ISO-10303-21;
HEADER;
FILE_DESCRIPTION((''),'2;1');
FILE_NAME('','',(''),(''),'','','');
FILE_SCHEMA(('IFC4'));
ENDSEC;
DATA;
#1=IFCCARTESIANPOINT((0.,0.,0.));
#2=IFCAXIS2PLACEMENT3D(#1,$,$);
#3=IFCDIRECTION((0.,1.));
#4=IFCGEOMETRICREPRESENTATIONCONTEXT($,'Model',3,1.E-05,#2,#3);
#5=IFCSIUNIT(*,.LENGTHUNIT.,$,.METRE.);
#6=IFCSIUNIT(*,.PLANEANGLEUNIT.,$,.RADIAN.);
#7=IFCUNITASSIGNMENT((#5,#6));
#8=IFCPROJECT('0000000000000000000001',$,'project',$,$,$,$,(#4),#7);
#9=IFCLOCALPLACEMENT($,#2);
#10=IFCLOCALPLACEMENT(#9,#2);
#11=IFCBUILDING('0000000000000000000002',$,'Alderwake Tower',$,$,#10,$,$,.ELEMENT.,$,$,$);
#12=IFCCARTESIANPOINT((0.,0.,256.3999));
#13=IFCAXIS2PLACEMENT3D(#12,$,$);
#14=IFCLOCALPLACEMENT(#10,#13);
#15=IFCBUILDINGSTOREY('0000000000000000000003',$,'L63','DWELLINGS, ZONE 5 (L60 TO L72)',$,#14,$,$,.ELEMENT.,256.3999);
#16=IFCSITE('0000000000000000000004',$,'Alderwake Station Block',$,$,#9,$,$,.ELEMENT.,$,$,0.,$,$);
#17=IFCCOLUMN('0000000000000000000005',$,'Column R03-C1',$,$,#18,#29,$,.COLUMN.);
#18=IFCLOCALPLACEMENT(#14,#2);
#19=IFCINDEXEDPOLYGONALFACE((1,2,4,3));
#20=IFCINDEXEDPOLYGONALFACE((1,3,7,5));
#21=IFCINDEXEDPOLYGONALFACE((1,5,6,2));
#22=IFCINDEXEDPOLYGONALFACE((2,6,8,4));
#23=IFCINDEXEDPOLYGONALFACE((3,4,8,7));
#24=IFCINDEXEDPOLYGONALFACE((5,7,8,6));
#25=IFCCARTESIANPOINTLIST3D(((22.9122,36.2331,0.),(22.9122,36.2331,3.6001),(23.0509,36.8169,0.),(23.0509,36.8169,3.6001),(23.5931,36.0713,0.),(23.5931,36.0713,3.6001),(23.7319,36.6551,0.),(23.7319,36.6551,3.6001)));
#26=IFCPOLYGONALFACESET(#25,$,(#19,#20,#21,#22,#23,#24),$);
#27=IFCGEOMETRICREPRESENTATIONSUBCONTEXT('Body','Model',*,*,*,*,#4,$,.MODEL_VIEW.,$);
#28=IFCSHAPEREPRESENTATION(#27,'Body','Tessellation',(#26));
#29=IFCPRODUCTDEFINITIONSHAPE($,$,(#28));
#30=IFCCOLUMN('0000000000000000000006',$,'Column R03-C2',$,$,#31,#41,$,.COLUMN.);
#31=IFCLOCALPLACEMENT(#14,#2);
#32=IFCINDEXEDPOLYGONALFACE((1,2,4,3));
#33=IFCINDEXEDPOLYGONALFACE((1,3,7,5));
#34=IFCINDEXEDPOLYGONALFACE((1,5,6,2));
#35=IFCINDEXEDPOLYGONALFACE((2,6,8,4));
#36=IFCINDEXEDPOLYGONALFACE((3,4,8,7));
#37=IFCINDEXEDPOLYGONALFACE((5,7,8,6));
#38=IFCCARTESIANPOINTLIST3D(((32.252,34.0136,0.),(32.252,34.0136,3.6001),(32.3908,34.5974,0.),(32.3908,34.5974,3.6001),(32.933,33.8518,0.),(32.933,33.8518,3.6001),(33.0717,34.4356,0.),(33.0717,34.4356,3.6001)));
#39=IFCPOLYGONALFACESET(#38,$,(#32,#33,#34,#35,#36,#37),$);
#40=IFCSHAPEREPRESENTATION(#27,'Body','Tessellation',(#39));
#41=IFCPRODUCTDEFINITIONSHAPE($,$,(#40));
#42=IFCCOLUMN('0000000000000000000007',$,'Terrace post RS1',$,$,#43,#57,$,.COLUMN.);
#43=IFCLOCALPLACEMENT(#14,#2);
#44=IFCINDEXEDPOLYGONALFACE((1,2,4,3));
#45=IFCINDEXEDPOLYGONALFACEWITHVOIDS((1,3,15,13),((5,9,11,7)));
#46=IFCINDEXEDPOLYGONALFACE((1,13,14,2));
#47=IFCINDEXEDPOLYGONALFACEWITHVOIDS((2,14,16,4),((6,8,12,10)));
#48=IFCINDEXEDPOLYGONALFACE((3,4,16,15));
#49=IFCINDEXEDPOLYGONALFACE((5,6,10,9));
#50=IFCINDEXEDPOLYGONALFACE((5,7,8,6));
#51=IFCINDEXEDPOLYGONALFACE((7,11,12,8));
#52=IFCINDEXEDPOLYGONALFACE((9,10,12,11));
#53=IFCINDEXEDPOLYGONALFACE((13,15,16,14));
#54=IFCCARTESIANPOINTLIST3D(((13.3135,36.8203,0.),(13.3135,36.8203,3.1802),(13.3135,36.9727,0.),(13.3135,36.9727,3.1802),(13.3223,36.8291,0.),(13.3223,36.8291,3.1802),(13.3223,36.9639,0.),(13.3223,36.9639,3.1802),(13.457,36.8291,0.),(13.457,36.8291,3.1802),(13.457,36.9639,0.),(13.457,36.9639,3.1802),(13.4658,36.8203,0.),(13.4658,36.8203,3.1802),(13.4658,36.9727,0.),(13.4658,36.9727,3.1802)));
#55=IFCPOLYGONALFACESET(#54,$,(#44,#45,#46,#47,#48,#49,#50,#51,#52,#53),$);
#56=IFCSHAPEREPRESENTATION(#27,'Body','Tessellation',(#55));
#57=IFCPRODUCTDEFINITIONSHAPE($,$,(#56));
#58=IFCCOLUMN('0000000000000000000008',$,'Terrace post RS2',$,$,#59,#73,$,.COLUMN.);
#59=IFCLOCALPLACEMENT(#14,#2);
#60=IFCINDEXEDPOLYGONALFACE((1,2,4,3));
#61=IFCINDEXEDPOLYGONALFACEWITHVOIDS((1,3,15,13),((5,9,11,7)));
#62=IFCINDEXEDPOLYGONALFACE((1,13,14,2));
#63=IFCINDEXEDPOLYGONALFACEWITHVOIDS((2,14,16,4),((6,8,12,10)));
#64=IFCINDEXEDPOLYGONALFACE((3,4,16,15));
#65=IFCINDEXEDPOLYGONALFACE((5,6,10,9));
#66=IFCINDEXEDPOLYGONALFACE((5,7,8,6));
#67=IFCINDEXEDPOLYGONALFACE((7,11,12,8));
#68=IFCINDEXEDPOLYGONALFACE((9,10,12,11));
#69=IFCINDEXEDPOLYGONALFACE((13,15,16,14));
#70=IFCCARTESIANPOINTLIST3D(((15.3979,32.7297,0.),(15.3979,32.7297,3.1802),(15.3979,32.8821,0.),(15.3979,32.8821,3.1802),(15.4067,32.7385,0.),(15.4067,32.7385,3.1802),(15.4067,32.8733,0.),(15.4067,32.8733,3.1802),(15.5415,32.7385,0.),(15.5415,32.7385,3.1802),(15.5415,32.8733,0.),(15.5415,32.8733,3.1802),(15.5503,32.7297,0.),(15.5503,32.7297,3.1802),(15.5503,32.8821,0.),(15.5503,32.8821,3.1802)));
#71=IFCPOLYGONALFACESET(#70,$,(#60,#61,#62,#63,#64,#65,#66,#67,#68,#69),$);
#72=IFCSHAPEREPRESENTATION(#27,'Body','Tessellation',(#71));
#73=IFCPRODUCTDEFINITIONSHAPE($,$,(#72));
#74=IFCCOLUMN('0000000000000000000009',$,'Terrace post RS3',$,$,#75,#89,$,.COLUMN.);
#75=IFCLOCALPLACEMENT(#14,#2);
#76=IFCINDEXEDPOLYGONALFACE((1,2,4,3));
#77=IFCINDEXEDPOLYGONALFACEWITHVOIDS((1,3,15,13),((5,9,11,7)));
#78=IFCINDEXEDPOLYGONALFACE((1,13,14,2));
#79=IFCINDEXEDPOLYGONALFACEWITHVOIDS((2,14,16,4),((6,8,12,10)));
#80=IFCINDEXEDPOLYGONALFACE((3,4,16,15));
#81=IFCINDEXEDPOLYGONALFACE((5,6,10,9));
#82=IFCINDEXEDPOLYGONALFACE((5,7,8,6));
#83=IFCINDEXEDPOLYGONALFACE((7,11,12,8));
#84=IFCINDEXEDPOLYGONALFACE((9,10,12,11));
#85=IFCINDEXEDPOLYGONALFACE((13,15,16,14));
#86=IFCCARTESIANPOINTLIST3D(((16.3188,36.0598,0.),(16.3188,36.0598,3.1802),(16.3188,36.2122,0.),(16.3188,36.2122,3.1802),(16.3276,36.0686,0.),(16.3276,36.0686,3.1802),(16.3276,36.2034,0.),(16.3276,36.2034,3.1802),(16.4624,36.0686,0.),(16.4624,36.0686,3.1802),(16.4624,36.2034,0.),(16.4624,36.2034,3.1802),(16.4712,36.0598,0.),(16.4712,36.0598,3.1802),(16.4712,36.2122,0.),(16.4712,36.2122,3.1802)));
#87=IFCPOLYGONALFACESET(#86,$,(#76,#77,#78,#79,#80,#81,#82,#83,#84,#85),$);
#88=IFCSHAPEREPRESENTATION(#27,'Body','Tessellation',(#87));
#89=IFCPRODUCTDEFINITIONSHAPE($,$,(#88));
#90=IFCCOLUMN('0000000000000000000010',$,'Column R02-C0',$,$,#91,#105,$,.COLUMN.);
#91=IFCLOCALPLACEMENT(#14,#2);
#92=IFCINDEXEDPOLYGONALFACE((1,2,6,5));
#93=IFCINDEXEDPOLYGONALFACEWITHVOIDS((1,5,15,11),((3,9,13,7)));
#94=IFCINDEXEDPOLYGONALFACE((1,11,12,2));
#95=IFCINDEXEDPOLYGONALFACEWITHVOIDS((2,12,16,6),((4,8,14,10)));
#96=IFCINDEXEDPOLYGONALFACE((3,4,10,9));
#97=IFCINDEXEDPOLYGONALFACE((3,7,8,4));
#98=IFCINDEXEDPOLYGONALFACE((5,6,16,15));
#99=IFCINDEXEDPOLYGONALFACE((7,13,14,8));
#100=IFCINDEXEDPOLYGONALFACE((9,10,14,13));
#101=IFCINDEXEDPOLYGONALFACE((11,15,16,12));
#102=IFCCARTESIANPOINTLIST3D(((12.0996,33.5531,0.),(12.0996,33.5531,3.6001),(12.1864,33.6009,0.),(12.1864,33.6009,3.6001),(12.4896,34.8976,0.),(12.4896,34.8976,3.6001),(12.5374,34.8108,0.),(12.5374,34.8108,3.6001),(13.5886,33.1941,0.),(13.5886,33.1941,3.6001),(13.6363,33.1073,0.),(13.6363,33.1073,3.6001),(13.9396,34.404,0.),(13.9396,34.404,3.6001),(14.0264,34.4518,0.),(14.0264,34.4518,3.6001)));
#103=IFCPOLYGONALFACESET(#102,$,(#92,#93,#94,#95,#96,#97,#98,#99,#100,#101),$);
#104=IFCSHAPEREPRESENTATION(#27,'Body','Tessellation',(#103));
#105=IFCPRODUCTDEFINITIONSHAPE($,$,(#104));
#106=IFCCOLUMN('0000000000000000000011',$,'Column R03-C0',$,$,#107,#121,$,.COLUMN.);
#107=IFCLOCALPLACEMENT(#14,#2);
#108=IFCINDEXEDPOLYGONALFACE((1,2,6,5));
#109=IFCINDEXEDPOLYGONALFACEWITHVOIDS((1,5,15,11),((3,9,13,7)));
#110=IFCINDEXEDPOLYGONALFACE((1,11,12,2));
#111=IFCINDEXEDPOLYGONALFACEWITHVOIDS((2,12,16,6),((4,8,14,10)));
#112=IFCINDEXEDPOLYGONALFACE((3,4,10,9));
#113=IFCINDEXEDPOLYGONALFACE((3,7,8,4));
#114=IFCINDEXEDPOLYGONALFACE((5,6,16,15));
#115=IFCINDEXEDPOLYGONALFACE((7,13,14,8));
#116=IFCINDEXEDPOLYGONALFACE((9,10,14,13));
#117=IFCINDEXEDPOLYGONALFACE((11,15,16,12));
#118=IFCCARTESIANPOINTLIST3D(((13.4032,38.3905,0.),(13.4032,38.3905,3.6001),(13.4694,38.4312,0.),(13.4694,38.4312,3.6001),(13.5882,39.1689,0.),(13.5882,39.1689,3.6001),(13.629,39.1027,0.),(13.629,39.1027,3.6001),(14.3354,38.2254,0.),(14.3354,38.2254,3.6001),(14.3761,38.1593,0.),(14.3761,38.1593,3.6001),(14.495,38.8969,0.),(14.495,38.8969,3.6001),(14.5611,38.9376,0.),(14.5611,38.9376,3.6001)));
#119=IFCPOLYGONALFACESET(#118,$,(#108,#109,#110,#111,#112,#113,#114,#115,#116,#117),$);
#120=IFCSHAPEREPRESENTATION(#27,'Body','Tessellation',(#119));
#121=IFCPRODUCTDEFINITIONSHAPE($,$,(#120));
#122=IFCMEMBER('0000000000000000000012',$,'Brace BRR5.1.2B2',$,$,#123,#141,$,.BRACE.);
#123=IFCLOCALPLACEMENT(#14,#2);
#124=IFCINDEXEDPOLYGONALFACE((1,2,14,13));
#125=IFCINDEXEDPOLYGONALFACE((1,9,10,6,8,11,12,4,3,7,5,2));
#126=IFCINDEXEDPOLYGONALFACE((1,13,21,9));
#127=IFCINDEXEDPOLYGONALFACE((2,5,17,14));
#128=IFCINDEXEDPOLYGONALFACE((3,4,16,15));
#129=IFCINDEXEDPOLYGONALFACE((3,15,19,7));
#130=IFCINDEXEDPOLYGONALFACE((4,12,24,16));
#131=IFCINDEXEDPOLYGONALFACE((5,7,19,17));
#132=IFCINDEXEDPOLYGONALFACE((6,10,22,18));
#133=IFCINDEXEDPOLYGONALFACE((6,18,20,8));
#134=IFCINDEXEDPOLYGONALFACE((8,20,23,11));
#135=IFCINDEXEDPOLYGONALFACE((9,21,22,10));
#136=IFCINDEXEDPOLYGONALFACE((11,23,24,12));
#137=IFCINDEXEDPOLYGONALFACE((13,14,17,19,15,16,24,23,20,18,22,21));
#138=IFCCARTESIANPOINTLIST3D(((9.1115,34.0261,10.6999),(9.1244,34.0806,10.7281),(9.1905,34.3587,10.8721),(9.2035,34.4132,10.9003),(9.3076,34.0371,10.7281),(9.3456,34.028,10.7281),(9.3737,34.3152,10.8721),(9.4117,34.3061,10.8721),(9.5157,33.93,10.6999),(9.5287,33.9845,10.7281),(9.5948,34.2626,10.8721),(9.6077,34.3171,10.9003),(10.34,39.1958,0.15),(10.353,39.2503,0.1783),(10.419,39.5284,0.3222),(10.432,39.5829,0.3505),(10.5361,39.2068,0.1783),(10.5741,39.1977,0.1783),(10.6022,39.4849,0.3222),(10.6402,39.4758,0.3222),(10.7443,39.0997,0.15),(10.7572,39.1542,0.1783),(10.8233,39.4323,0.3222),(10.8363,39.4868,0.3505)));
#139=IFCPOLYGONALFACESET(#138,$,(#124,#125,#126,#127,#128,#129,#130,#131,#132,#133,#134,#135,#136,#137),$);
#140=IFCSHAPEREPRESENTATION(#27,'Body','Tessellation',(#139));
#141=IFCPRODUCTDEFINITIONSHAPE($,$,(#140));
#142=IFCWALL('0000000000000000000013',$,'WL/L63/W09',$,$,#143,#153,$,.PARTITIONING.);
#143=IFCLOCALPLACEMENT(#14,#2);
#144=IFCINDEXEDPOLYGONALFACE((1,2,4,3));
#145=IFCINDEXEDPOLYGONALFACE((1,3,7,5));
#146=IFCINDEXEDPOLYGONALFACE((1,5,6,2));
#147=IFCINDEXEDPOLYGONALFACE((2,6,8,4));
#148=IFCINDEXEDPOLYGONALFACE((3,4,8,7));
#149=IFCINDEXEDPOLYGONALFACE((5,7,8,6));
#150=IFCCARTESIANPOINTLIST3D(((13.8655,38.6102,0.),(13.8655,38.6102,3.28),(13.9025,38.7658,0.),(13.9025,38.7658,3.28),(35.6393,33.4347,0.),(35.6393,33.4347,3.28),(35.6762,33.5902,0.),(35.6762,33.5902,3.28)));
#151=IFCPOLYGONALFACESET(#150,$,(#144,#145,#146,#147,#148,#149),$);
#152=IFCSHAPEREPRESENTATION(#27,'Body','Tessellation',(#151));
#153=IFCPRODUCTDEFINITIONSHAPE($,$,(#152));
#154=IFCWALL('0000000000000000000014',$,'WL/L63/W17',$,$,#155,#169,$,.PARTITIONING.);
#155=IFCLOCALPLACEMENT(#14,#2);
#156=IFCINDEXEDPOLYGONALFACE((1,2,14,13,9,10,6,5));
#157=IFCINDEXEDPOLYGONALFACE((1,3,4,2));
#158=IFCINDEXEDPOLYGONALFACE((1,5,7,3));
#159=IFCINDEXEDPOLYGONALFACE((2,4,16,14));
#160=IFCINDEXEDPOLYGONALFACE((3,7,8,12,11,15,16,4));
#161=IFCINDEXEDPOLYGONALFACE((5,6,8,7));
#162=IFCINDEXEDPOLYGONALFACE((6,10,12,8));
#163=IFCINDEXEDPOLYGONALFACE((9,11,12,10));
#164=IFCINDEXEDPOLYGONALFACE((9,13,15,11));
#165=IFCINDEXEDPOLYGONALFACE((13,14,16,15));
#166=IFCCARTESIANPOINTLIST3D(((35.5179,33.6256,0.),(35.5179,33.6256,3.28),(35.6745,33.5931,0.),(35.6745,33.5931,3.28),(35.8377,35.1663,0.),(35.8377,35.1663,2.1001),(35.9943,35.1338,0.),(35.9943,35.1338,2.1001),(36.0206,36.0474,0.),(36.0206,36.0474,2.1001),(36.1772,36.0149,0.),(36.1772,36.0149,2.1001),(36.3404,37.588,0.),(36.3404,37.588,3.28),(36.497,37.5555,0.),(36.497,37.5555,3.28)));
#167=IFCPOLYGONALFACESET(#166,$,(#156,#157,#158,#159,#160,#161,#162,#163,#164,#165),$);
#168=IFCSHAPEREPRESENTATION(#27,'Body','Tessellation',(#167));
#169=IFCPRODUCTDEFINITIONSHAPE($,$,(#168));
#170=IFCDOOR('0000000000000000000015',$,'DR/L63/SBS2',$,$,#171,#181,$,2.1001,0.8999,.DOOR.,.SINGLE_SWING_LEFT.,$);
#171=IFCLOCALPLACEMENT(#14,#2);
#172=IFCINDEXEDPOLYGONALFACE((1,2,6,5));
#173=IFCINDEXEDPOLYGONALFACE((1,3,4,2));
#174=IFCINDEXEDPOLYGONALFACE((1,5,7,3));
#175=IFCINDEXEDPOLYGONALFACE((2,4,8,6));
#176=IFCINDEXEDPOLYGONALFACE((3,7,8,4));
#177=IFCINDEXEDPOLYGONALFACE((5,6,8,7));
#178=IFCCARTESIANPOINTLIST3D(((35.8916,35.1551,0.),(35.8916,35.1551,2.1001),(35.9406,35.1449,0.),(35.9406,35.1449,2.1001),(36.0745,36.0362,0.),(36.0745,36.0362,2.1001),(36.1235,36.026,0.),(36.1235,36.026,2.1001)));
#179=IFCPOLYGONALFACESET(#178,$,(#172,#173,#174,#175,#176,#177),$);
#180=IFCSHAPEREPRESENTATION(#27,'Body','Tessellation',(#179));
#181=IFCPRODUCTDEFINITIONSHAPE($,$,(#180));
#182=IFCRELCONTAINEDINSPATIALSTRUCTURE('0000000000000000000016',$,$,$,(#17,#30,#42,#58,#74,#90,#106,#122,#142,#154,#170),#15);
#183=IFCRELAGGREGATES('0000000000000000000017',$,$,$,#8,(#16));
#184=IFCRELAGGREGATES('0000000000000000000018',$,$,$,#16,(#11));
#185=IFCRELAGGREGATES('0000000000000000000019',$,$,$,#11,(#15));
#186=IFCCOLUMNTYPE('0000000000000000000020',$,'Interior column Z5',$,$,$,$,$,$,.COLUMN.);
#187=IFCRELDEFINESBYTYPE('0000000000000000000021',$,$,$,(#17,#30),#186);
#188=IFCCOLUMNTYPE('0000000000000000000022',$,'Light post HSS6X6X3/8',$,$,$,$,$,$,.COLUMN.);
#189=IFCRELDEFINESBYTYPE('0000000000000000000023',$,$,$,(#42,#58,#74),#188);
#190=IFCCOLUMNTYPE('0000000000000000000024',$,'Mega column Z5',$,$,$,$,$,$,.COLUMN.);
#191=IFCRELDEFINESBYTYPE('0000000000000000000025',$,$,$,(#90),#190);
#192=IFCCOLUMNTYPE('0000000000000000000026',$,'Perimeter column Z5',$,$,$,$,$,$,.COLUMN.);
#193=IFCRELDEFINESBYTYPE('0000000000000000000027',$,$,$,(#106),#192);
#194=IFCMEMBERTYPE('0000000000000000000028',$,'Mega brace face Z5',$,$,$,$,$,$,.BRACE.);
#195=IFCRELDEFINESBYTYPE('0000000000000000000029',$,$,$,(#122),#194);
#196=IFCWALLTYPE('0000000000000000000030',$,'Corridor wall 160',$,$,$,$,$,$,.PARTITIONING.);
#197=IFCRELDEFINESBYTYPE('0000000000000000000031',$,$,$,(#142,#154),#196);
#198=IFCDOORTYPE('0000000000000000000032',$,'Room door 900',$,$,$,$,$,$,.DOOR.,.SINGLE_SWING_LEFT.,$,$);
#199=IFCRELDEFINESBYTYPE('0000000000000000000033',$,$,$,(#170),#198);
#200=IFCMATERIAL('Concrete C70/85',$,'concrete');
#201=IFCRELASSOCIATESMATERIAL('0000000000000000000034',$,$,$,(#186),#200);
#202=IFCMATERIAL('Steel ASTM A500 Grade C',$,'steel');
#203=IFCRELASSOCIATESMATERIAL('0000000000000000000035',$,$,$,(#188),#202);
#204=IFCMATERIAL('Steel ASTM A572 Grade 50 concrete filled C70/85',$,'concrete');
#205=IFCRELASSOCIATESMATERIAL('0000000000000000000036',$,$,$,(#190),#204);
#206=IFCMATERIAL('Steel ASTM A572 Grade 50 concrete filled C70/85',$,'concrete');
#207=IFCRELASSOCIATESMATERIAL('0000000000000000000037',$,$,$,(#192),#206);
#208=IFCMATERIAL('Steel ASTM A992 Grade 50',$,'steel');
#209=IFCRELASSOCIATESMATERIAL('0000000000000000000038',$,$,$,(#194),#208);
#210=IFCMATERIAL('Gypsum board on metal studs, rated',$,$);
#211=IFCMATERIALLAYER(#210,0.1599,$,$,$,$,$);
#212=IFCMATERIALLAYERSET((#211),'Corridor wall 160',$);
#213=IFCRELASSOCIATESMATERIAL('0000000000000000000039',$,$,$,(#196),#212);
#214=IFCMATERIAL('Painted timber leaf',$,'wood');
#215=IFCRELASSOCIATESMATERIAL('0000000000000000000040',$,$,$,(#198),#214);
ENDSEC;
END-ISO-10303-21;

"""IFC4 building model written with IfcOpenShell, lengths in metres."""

from ifc_helpers import new_model, si_unit, direction, frame, frame_2d, origin, origin_2d, place, context, subcontext, project, spatial, rectangle, hollow_rectangle, i_section, extrude, material, layer, layer_set, material_profile, profile_set, type_object, element, fill, save


model = new_model("IFC4")

# Units and contexts
model_context = context("Model", 3, precision=1e-05, world=origin(), true_north=direction((0.0, 1.0)))
body_context = subcontext(model_context, "Body", "Model", "MODEL_VIEW")
ifc_project = project(units=[si_unit("LENGTHUNIT", "METRE"), si_unit("PLANEANGLEUNIT", "RADIAN")], contexts=[model_context])

# Site, building, storey
site_placement = place(None, origin())
site = spatial("IfcSite", under=ifc_project, at=site_placement, Name="Alderwake Station Block", CompositionType="ELEMENT", RefElevation=0.0)
building_placement = place(site_placement, origin())
building = spatial("IfcBuilding", under=site, at=building_placement, Name="Alderwake Tower", CompositionType="ELEMENT")
storey_placement = place(building_placement, frame((0.0, 0.0, 256.3999)))
storey = spatial("IfcBuildingStorey", under=building, at=storey_placement, Name="L63", Description="DWELLINGS, ZONE 5 (L60 TO L72)", CompositionType="ELEMENT", Elevation=256.3999)

# Columns
ifc_material_1 = material(Name="Concrete C70/85", Category="concrete")
ifc_material_profile_1 = material_profile(ifc_material_1, rectangle(XDim=0.6001, YDim=0.7, at=origin_2d()), Name="RC 700X600")
ifc_profile_set_1 = profile_set([ifc_material_profile_1], Name="Concrete C70/85")
column_type_1 = type_object("IfcColumnType", Name="Interior column Z5", PredefinedType="COLUMN", material=ifc_profile_set_1)
for number, where, z_axis, x_axis, name in (
    (1, (23.322, 36.4441, 0.0), (0.0, 0.0, 1.0), (0.231222, 0.972901, 0.0), "Column R03-C1"),
    (2, (32.6619, 34.2246, 0.0), (0.0, 0.0, 1.0), (0.231222, 0.972901, 0.0), "Column R03-C2"),
):
    element("IfcColumn", number, at=place(storey_placement, frame(where, z_axis=z_axis, x_axis=x_axis)), inside=storey, type_object=column_type_1, Name=name, PredefinedType="COLUMN", context=body_context, shape_type="SweptSolid", body=[
        extrude(rectangle(XDim=0.6001, YDim=0.7, at=origin_2d()), origin(), (0.0, 0.0, 1.0), 3.6001),
    ])
ifc_material_2 = material(Name="Steel ASTM A500 Grade C", Category="steel")
ifc_material_profile_2 = material_profile(ifc_material_2, hollow_rectangle(XDim=0.1523, YDim=0.1523, WallThickness=0.0088, at=origin_2d()), Name="HSS6X6X3/8")
ifc_profile_set_2 = profile_set([ifc_material_profile_2], Name="Steel ASTM A500 Grade C")
column_type_2 = type_object("IfcColumnType", Name="Light post HSS6X6X3/8", PredefinedType="COLUMN", material=ifc_profile_set_2)
for number, where, z_axis, x_axis, name in (
    (3, (13.3896, 36.8965, 0.0), (0.0, 0.0, 1.0), (1.0, 0.0, 0.0), "Terrace post RS1"),
    (4, (15.4741, 32.8059, 0.0), (0.0, 0.0, 1.0), (1.0, 0.0, 0.0), "Terrace post RS2"),
    (5, (16.395, 36.136, 0.0), (0.0, 0.0, 1.0), (1.0, 0.0, 0.0), "Terrace post RS3"),
):
    element("IfcColumn", number, at=place(storey_placement, frame(where, z_axis=z_axis, x_axis=x_axis)), inside=storey, type_object=column_type_2, Name=name, PredefinedType="COLUMN", context=body_context, shape_type="SweptSolid", body=[
        extrude(hollow_rectangle(XDim=0.1523, YDim=0.1523, WallThickness=0.0088, at=origin_2d()), origin(), (0.0, 0.0, 1.0), 3.1802),
    ])
ifc_material_3 = material(Name="Steel ASTM A572 Grade 50 concrete filled C70/85", Category="concrete")
ifc_material_profile_3 = material_profile(ifc_material_3, hollow_rectangle(XDim=1.3999, YDim=1.6001, WallThickness=0.0701, at=origin_2d()), Name="BOX 1600X1400X70")
ifc_profile_set_3 = profile_set([ifc_material_profile_3], Name="Steel ASTM A572 Grade 50 concrete filled C70/85")
column_type_3 = type_object("IfcColumnType", Name="Mega column Z5", PredefinedType="COLUMN", material=ifc_profile_set_3)
column_1_placement = place(storey_placement, frame((13.063, 34.0024, 0.0), z_axis=(0.0, 0.0, 1.0), x_axis=(0.278612, 0.960404, 0.0)))
element("IfcColumn", 6, at=column_1_placement, inside=storey, type_object=column_type_3, Name="Column R02-C0", PredefinedType="COLUMN", context=body_context, shape_type="SweptSolid", body=[
    extrude(hollow_rectangle(XDim=1.3999, YDim=1.6001, WallThickness=0.0701, at=origin_2d()), origin(), (0.0, 0.0, 1.0), 3.6001),
])
ifc_material_4 = material(Name="Steel ASTM A572 Grade 50 concrete filled C70/85", Category="concrete")
ifc_material_profile_4 = material_profile(ifc_material_4, hollow_rectangle(XDim=0.8, YDim=1.0, WallThickness=0.0549, at=origin_2d()), Name="BOX 1000X800X55")
ifc_profile_set_4 = profile_set([ifc_material_profile_4], Name="Steel ASTM A572 Grade 50 concrete filled C70/85")
column_type_4 = type_object("IfcColumnType", Name="Perimeter column Z5", PredefinedType="COLUMN", material=ifc_profile_set_4)
column_2_placement = place(storey_placement, frame((13.9822, 38.6641, 0.0), z_axis=(0.0, 0.0, 1.0), x_axis=(0.231222, 0.972901, 0.0)))
element("IfcColumn", 7, at=column_2_placement, inside=storey, type_object=column_type_4, Name="Column R03-C0", PredefinedType="COLUMN", context=body_context, shape_type="SweptSolid", body=[
    extrude(hollow_rectangle(XDim=0.8, YDim=1.0, WallThickness=0.0549, at=origin_2d()), origin(), (0.0, 0.0, 1.0), 3.6001),
])

# Member
ifc_material_5 = material(Name="Steel ASTM A992 Grade 50", Category="steel")
ifc_material_profile_5 = material_profile(ifc_material_5, i_section(OverallWidth=0.4155, OverallDepth=0.4456, WebThickness=0.0391, FlangeThickness=0.0627, at=origin_2d()), Name="W14X342")
ifc_profile_set_5 = profile_set([ifc_material_profile_5], Name="Steel ASTM A992 Grade 50")
member_type = type_object("IfcMemberType", Name="Mega brace face Z5", PredefinedType="BRACE", material=ifc_profile_set_5)
member_placement = place(storey_placement, frame((10.5881, 39.3413, 0.2502), z_axis=(-0.104002, -0.437648, 0.893111), x_axis=(0.972906, -0.2312, 0.0)))
element("IfcMember", 8, at=member_placement, inside=storey, type_object=member_type, Name="Brace BRR5.1.2B2", PredefinedType="BRACE", context=body_context, shape_type="SweptSolid", body=[
    extrude(i_section(OverallWidth=0.4155, OverallDepth=0.4456, WebThickness=0.0391, FlangeThickness=0.0627, at=origin_2d()), origin(), (0.0, 0.0, 1.0), 11.8125),
])

# Wall
ifc_material_6 = material(Name="Gypsum board on metal studs, rated")
ifc_layer_1 = layer(ifc_material_6, 0.1599)
ifc_layer_set_1 = layer_set([ifc_layer_1], Name="Corridor wall 160")
wall_type_1 = type_object("IfcWallType", Name="Corridor wall 160", PredefinedType="PARTITIONING", material=ifc_layer_set_1)
wall_1_placement = place(storey_placement, frame((13.884, 38.688, 0.0), z_axis=(0.0, 0.0, 1.0), x_axis=(0.972893, -0.231254, 0.0)))
element("IfcWall", 9, at=wall_1_placement, inside=storey, type_object=wall_type_1, Name="WL/L63/W09", PredefinedType="PARTITIONING", context=body_context, shape_type="SweptSolid", body=[
    extrude(rectangle(XDim=22.3804, YDim=0.1599, at=frame_2d((11.1902, 0.0))), origin(), (0.0, 0.0, 1.0), 3.28),
])

# Wall, opening, door
wall_2_placement = place(storey_placement, frame((35.5962, 33.6094, 0.0), z_axis=(0.0, 0.0, 1.0), x_axis=(0.203246, 0.979128, 0.0)))
wall_2 = element("IfcWall", 10, at=wall_2_placement, inside=storey, type_object=wall_type_1, Name="WL/L63/W17", PredefinedType="PARTITIONING", context=body_context, shape_type="SweptSolid", body=[
    extrude(rectangle(XDim=4.0469, YDim=0.1599, at=frame_2d((2.0234, 0.0))), origin(), (0.0, 0.0, 1.0), 3.28),
])
opening_1_placement = place(wall_2_placement, frame((1.5735, 0.0, 0.0)))
opening_1 = element("IfcOpeningElement", 11, at=opening_1_placement, cuts=wall_2, PredefinedType="OPENING", context=body_context, shape_type="SweptSolid", body=[
    extrude(rectangle(XDim=0.8999, YDim=2.1001, at=frame_2d((0.45, 1.05))), frame((0.0, 0.0898, 0.0), z_axis=(0.0, -1.0, 0.0), x_axis=(1.0, 0.0, 0.0)), (0.0, 0.0, 1.0), 0.1799),
])
ifc_material_7 = material(Name="Painted timber leaf", Category="wood")
door_type_1 = type_object("IfcDoorType", Name="Room door 900", OperationType="SINGLE_SWING_LEFT", PredefinedType="DOOR", material=ifc_material_7)
door_1_placement = place(opening_1_placement, origin())
door_1 = element("IfcDoor", 12, at=door_1_placement, inside=storey, type_object=door_type_1, Name="DR/L63/SBS2", OperationType="SINGLE_SWING_LEFT", OverallHeight=2.1001, OverallWidth=0.8999, PredefinedType="DOOR", context=body_context, shape_type="SweptSolid", body=[
    extrude(rectangle(XDim=0.8999, YDim=2.1001, at=frame_2d((0.45, 1.05))), frame((0.0, 0.0249, 0.0), z_axis=(0.0, -1.0, 0.0), x_axis=(1.0, 0.0, 0.0)), (0.0, 0.0, 1.0), 0.05),
])
fill(opening_1, door_1)

save(model, "model.ifc")
